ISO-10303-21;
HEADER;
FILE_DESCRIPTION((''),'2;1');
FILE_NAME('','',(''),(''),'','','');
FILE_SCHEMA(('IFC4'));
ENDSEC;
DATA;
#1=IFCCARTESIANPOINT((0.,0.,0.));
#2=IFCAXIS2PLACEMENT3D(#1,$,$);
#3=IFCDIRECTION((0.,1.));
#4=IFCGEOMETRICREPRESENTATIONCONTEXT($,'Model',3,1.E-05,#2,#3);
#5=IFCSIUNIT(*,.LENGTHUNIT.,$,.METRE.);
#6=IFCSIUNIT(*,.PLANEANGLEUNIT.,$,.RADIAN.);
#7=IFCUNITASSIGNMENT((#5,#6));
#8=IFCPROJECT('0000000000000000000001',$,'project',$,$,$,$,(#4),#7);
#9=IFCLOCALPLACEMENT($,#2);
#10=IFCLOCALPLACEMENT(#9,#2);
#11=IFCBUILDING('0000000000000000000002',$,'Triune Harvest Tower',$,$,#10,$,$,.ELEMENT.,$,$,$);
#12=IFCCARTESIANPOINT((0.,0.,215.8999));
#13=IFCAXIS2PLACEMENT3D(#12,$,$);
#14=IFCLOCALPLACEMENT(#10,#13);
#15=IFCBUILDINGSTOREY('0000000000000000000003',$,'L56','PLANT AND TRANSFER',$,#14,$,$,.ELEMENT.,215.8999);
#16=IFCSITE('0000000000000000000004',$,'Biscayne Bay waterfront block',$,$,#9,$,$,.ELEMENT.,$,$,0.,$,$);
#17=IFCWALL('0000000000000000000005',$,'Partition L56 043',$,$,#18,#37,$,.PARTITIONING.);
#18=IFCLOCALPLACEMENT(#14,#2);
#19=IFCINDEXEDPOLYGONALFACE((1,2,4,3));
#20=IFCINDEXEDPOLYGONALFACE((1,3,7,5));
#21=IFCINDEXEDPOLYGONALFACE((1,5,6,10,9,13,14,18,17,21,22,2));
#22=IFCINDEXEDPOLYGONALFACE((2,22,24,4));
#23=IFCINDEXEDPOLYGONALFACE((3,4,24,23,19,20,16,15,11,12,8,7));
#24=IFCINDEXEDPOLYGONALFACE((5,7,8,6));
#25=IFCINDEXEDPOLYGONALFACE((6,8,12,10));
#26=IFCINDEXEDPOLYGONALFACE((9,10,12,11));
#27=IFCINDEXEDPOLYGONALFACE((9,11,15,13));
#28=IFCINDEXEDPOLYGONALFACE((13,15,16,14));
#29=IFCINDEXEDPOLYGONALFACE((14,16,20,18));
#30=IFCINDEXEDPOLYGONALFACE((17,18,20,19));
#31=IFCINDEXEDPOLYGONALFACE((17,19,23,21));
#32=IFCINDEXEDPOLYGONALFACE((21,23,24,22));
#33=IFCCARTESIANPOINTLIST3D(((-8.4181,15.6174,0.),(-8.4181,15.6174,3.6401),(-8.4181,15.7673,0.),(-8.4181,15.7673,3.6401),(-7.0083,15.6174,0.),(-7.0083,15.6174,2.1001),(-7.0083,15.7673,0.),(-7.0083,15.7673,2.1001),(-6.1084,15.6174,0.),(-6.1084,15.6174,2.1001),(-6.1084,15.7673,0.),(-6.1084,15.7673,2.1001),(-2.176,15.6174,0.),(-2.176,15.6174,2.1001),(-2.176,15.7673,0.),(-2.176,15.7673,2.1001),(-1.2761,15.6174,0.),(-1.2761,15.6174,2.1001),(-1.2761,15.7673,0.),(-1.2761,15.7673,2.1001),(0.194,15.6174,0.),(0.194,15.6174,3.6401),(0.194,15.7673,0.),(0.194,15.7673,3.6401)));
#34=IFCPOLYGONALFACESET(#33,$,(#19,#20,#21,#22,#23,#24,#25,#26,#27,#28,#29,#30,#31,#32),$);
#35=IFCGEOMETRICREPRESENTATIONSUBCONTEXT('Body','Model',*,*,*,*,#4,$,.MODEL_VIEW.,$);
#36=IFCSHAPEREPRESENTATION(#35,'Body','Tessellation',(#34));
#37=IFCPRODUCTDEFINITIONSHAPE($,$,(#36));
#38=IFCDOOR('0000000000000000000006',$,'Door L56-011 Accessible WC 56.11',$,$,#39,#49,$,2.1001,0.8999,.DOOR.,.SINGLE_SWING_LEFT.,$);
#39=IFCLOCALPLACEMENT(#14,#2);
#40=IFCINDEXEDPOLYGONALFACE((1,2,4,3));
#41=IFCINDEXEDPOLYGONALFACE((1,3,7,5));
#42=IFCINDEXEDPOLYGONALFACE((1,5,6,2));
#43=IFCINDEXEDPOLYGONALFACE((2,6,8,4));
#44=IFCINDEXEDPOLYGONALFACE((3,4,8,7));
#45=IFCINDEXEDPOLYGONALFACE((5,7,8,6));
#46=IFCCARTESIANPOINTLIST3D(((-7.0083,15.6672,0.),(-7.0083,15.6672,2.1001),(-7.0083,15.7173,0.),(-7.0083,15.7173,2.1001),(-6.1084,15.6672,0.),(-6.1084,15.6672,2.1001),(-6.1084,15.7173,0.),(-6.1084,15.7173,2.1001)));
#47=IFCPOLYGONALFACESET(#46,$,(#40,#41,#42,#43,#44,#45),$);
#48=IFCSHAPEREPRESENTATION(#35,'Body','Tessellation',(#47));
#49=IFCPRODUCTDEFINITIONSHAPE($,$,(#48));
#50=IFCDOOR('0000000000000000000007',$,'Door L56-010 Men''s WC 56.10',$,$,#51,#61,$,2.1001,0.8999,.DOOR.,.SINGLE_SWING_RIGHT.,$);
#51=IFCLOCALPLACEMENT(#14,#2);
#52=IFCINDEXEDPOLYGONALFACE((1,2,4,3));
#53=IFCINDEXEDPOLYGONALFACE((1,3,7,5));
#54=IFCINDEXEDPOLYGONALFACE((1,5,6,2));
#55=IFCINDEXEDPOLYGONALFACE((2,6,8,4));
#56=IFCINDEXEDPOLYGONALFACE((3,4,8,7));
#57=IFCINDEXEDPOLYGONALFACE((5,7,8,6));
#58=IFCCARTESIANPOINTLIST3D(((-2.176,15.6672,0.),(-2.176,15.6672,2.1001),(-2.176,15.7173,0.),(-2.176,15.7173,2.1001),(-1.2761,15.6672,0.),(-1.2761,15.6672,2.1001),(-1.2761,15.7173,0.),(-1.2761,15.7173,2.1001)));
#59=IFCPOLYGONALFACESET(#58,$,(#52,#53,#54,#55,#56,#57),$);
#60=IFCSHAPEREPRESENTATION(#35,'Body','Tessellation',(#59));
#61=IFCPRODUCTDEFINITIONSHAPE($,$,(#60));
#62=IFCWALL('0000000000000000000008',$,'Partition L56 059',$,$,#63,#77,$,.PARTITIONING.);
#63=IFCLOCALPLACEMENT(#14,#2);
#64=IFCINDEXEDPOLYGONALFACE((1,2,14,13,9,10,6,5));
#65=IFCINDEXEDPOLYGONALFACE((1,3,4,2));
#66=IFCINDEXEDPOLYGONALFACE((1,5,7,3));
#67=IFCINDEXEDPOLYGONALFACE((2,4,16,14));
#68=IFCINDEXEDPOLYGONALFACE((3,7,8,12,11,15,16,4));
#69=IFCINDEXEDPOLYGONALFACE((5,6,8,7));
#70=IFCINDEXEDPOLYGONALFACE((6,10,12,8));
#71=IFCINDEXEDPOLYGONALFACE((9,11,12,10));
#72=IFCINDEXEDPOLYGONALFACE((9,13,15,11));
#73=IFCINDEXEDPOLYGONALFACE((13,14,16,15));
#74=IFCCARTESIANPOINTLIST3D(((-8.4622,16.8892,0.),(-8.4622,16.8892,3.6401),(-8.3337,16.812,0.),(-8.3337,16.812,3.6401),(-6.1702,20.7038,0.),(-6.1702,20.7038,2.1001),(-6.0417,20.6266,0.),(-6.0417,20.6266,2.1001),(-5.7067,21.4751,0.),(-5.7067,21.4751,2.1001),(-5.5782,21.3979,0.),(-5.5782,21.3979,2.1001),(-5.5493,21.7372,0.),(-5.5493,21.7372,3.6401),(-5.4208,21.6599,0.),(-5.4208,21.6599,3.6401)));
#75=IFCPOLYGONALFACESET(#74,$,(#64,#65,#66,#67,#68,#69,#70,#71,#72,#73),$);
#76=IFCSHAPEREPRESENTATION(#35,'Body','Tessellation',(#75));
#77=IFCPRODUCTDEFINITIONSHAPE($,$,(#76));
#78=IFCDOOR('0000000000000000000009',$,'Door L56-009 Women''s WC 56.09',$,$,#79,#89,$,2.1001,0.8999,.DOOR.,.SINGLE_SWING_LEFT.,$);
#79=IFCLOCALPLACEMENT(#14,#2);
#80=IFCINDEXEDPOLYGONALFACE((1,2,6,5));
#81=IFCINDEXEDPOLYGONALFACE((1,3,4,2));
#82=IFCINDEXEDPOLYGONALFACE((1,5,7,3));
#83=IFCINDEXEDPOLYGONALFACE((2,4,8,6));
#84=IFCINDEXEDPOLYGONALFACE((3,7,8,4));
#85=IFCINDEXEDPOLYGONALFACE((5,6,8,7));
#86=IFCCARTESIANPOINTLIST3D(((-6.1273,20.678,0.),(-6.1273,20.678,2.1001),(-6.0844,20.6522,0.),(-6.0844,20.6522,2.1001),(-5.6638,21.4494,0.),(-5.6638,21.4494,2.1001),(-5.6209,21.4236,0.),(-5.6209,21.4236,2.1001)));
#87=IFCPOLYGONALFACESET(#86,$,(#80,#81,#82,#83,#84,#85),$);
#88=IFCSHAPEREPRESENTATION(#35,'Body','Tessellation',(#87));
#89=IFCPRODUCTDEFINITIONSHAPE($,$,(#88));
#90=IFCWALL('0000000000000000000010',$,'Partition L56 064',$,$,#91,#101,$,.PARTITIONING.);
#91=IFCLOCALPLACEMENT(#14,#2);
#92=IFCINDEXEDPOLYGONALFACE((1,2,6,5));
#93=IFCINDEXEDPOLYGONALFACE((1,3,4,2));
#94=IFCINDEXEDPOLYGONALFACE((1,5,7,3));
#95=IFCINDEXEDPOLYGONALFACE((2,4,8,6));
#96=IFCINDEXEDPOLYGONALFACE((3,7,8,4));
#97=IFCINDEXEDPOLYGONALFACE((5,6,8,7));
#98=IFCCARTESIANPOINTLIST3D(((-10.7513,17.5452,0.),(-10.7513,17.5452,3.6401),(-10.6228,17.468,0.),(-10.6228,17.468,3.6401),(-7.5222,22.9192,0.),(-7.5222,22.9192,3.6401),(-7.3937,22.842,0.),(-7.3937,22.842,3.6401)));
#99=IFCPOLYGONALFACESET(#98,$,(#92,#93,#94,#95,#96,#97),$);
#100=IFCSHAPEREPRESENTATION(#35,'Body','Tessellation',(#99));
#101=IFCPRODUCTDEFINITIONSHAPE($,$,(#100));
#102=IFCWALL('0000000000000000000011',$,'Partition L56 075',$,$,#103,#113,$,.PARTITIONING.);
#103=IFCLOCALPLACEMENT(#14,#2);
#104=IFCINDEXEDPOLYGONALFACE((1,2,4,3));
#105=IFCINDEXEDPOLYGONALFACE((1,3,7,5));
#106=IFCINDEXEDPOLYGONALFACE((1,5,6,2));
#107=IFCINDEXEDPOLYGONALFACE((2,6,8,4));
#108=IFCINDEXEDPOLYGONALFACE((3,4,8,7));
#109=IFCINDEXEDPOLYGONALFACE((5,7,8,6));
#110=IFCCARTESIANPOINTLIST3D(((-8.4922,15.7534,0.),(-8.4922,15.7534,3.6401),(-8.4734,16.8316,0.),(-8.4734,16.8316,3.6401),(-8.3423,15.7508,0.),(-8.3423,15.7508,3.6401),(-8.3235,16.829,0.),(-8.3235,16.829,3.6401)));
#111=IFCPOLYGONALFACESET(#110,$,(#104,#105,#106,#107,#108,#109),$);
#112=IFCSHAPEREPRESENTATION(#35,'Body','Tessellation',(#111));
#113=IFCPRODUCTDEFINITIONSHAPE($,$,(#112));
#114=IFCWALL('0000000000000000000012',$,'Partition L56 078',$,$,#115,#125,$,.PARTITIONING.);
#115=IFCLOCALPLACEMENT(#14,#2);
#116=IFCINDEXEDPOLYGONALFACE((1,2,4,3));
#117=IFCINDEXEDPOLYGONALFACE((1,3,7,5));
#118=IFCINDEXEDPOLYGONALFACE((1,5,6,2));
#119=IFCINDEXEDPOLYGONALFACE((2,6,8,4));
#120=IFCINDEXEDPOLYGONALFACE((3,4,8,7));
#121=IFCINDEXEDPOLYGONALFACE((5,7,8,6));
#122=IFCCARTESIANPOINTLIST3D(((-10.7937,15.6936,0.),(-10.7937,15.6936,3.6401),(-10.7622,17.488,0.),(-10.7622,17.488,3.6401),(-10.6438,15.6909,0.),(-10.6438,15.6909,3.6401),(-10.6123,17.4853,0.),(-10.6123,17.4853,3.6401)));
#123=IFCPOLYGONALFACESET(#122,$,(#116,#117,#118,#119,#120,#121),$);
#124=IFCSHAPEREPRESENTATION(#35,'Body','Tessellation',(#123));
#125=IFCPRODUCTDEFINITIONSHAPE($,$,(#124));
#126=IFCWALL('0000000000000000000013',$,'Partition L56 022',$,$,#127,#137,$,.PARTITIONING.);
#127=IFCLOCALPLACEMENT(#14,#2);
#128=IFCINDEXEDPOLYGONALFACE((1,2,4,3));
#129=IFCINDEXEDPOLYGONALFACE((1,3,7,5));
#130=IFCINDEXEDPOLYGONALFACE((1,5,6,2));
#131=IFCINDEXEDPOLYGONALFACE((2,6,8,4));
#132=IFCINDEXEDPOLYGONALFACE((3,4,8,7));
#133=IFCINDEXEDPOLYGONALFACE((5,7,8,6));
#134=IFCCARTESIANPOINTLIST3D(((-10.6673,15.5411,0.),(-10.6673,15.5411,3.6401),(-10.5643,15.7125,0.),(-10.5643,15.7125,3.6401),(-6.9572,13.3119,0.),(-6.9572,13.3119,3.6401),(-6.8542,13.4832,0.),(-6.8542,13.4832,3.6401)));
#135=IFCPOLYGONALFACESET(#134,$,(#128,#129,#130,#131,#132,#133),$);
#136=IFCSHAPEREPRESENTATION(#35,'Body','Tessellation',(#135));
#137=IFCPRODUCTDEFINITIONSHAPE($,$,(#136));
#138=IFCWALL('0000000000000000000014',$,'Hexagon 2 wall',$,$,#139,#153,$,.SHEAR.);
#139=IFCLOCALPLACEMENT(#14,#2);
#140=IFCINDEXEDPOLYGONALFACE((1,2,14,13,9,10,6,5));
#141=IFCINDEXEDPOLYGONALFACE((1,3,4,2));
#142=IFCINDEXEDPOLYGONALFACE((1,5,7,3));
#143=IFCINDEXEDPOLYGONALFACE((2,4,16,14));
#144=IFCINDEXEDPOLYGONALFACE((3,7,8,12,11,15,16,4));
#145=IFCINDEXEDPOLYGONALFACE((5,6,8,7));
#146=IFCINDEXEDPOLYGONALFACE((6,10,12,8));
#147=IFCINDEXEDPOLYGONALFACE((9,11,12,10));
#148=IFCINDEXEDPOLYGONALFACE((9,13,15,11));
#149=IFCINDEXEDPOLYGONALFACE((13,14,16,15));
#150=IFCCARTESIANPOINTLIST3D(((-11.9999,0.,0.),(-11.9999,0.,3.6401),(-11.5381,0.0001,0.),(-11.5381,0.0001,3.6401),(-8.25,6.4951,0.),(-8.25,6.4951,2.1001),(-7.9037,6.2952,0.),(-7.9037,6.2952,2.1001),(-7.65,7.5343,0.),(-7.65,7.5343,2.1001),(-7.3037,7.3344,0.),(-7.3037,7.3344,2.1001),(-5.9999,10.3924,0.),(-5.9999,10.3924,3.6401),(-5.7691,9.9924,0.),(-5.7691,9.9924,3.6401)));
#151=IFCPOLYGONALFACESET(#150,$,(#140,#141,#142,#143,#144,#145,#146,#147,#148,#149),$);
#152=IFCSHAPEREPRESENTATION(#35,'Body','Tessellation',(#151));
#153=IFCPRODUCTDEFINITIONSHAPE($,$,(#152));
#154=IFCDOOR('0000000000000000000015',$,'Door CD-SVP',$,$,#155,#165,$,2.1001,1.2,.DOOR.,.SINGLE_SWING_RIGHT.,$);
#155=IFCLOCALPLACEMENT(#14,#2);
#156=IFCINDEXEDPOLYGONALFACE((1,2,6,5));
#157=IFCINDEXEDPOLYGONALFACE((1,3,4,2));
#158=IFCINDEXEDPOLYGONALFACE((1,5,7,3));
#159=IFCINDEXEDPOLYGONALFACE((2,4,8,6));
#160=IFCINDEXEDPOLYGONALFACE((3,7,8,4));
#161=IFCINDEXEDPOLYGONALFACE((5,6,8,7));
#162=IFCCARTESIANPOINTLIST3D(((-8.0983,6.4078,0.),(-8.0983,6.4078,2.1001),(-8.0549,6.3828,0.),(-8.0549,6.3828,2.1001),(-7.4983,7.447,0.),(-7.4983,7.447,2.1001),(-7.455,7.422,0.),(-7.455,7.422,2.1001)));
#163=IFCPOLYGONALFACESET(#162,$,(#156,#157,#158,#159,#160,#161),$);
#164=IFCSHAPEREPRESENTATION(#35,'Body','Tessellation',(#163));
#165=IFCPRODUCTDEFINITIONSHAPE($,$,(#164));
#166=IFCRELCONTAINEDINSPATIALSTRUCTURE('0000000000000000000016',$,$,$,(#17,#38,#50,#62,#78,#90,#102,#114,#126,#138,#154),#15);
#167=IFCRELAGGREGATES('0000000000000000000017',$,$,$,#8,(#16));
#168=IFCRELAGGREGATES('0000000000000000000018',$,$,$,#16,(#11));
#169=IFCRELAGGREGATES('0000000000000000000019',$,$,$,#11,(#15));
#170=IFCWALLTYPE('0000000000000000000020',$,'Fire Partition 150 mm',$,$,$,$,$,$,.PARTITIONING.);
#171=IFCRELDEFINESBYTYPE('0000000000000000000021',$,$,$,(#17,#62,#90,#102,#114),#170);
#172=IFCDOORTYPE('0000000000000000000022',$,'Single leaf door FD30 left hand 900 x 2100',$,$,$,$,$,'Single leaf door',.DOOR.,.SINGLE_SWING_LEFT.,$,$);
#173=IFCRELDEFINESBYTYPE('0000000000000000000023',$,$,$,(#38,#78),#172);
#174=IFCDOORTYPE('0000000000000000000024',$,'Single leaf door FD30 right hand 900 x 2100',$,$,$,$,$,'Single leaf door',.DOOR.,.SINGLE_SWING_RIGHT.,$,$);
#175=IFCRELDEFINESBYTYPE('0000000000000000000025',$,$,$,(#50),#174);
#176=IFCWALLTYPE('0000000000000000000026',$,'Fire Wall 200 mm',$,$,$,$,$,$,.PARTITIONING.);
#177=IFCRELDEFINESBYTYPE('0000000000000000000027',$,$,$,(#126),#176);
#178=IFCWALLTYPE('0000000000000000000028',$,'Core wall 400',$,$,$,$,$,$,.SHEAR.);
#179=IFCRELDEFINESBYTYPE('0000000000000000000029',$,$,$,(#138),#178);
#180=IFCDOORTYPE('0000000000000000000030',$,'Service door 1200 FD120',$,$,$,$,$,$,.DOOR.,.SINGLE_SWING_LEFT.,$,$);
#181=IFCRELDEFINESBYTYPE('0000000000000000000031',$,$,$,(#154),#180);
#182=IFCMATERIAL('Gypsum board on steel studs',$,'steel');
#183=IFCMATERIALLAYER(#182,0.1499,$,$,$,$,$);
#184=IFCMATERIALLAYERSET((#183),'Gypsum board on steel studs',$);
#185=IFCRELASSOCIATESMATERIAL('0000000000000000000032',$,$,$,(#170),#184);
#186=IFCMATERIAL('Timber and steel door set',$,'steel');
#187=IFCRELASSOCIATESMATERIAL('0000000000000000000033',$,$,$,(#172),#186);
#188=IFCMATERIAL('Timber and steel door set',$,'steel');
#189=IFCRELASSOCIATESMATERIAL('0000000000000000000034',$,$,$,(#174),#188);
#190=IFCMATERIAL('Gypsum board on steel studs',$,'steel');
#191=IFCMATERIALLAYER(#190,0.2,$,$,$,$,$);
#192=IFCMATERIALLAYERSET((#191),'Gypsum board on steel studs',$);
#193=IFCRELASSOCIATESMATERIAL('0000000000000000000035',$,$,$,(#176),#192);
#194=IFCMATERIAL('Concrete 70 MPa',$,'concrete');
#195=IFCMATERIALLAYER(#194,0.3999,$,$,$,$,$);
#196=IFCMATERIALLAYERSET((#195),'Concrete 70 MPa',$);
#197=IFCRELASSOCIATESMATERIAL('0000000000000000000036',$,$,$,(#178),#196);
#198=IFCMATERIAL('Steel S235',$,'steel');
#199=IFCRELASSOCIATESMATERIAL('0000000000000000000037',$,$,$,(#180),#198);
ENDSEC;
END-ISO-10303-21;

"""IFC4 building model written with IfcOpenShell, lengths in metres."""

from ifc_helpers import new_model, si_unit, direction, frame, frame_2d, origin, place, context, subcontext, project, spatial, polyline, rectangle, outline, extrude, source, transform, mapped, material, layer, layer_set, type_object, element, fill, save


model = new_model("IFC4")

# Units and contexts
model_context = context("Model", 3, precision=1e-05, world=origin(), true_north=direction((0.0, 1.0)))
body_context = subcontext(model_context, "Body", "Model", "MODEL_VIEW")
ifc_project = project(units=[si_unit("LENGTHUNIT", "METRE"), si_unit("PLANEANGLEUNIT", "RADIAN")], contexts=[model_context])

# Site, building, storey
site_placement = place(None, origin())
site = spatial("IfcSite", under=ifc_project, at=site_placement, Name="Biscayne Bay waterfront block", CompositionType="ELEMENT", RefElevation=0.0)
building_placement = place(site_placement, origin())
building = spatial("IfcBuilding", under=site, at=building_placement, Name="Triune Harvest Tower", CompositionType="ELEMENT")
storey_placement = place(building_placement, frame((0.0, 0.0, 215.8999)))
storey = spatial("IfcBuildingStorey", under=building, at=storey_placement, Name="L56", Description="PLANT AND TRANSFER", CompositionType="ELEMENT", Elevation=215.8999)

# Shared definitions
ifc_material_1 = material(Name="Gypsum board on steel studs", Category="steel")
ifc_layer_1 = layer(ifc_material_1, 0.1499)
ifc_layer_set_1 = layer_set([ifc_layer_1], Name="Gypsum board on steel studs")
wall_type_1 = type_object("IfcWallType", Name="Fire Partition 150 mm", PredefinedType="PARTITIONING", material=ifc_layer_set_1)

# Shared definitions
ifc_material_2 = material(Name="Timber and steel door set", Category="steel")
door_type_1 = type_object("IfcDoorType", Name="Single leaf door FD30 left hand 900 x 2100", ElementType="Single leaf door", OperationType="SINGLE_SWING_LEFT", PredefinedType="DOOR", material=ifc_material_2)

# Wall, openings, doors
wall_1_placement = place(storey_placement, frame((-8.4182, 15.6924, 0.0), z_axis=(0.0, 0.0, 1.0), x_axis=(1.0, 0.0, 0.0)))
wall_1 = element("IfcWall", 1, at=wall_1_placement, inside=storey, type_object=wall_type_1, Name="Partition L56 043", PredefinedType="PARTITIONING", context=body_context, shape_type="SweptSolid", body=[
    extrude(rectangle(XDim=8.6121, YDim=0.1499, at=frame_2d((4.3062, 0.0))), origin(), (0.0, 0.0, 1.0), 3.6401),
])
opening_1_placement = place(wall_1_placement, frame((6.2422, 0.0, 0.0)))
opening_1 = element("IfcOpeningElement", 2, at=opening_1_placement, cuts=wall_1, PredefinedType="OPENING", context=body_context, shape_type="SweptSolid", body=[
    extrude(rectangle(XDim=0.8999, YDim=2.1001, at=frame_2d((0.45, 1.05))), frame((0.0, 0.085, 0.0), z_axis=(0.0, -1.0, 0.0), x_axis=(1.0, 0.0, 0.0)), (0.0, 0.0, 1.0), 0.1699),
])
opening_2_placement = place(wall_1_placement, frame((1.4099, 0.0, 0.0)))
opening_2 = element("IfcOpeningElement", 3, at=opening_2_placement, cuts=wall_1, PredefinedType="OPENING", context=body_context, shape_type="SweptSolid", body=[
    extrude(rectangle(XDim=0.8999, YDim=2.1001, at=frame_2d((0.45, 1.05))), frame((0.0, 0.085, 0.0), z_axis=(0.0, -1.0, 0.0), x_axis=(1.0, 0.0, 0.0)), (0.0, 0.0, 1.0), 0.1699),
])
door_1_placement = place(opening_2_placement, origin())
door_1 = element("IfcDoor", 4, at=door_1_placement, inside=storey, type_object=door_type_1, Name="Door L56-011 Accessible WC 56.11", OperationType="SINGLE_SWING_LEFT", OverallHeight=2.1001, OverallWidth=0.8999, PredefinedType="DOOR", context=body_context, shape_type="SweptSolid", body=[
    extrude(rectangle(XDim=0.8999, YDim=2.1001, at=frame_2d((0.45, 1.05))), frame((0.0, 0.0249, 0.0), z_axis=(0.0, -1.0, 0.0), x_axis=(1.0, 0.0, 0.0)), (0.0, 0.0, 1.0), 0.05),
])
fill(opening_2, door_1)
ifc_material_3 = material(Name="Timber and steel door set", Category="steel")
door_type_2 = type_object("IfcDoorType", Name="Single leaf door FD30 right hand 900 x 2100", ElementType="Single leaf door", OperationType="SINGLE_SWING_RIGHT", PredefinedType="DOOR", material=ifc_material_3)
door_2_placement = place(opening_1_placement, origin())
door_2 = element("IfcDoor", 5, at=door_2_placement, inside=storey, type_object=door_type_2, Name="Door L56-010 Men's WC 56.10", OperationType="SINGLE_SWING_RIGHT", OverallHeight=2.1001, OverallWidth=0.8999, PredefinedType="DOOR", context=body_context, shape_type="SweptSolid", body=[
    extrude(rectangle(XDim=0.8999, YDim=2.1001, at=frame_2d((0.45, 1.05))), frame((0.0, 0.0249, 0.0), z_axis=(0.0, -1.0, 0.0), x_axis=(1.0, 0.0, 0.0)), (0.0, 0.0, 1.0), 0.05),
])
fill(opening_1, door_2)

# Wall, opening, door
wall_2_placement = place(storey_placement, frame((-8.3979, 16.8506, 0.0), z_axis=(0.0, 0.0, 1.0), x_axis=(0.515029, 0.857173, 0.0)))
wall_2 = element("IfcWall", 6, at=wall_2_placement, inside=storey, type_object=wall_type_1, Name="Partition L56 059", PredefinedType="PARTITIONING", context=body_context, shape_type="SweptSolid", body=[
    extrude(rectangle(XDim=5.6558, YDim=0.1499, at=frame_2d((2.8279, 0.0))), origin(), (0.0, 0.0, 1.0), 3.6401),
])
opening_3_placement = place(wall_2_placement, frame((4.4502, 0.0, 0.0)))
opening_3 = element("IfcOpeningElement", 7, at=opening_3_placement, cuts=wall_2, PredefinedType="OPENING", context=body_context, shape_type="SweptSolid", body=[
    extrude(rectangle(XDim=0.8999, YDim=2.1001, at=frame_2d((0.45, 1.05))), frame((0.0, 0.085, 0.0), z_axis=(0.0, -1.0, 0.0), x_axis=(1.0, 0.0, 0.0)), (0.0, 0.0, 1.0), 0.1699),
])
door_3_placement = place(opening_3_placement, origin())
door_3 = element("IfcDoor", 8, at=door_3_placement, inside=storey, type_object=door_type_1, Name="Door L56-009 Women's WC 56.09", OperationType="SINGLE_SWING_LEFT", OverallHeight=2.1001, OverallWidth=0.8999, PredefinedType="DOOR", context=body_context, shape_type="SweptSolid", body=[
    extrude(rectangle(XDim=0.8999, YDim=2.1001, at=frame_2d((0.45, 1.05))), frame((0.0, 0.0249, 0.0), z_axis=(0.0, -1.0, 0.0), x_axis=(1.0, 0.0, 0.0)), (0.0, 0.0, 1.0), 0.05),
])
fill(opening_3, door_3)

# Walls
wall_3_placement = place(storey_placement, frame((-10.687, 17.5066, 0.0), z_axis=(0.0, 0.0, 1.0), x_axis=(0.515034, 0.85717, 0.0)))
element("IfcWall", 9, at=wall_3_placement, inside=storey, type_object=wall_type_1, Name="Partition L56 064", PredefinedType="PARTITIONING", context=body_context, shape_type="SweptSolid", body=[
    extrude(rectangle(XDim=6.2695, YDim=0.1499, at=frame_2d((3.1348, 0.0))), origin(), (0.0, 0.0, 1.0), 3.6401),
])
wall_4_placement = place(storey_placement, frame((-8.4172, 15.7522, 0.0), z_axis=(0.0, 0.0, 1.0), x_axis=(0.017434, 0.999848, 0.0)))
element("IfcWall", 10, at=wall_4_placement, inside=storey, type_object=wall_type_1, Name="Partition L56 075", PredefinedType="PARTITIONING", context=body_context, shape_type="SweptSolid", body=[
    extrude(rectangle(XDim=1.0784, YDim=0.1499, at=frame_2d((0.5391, 0.0))), origin(), (0.0, 0.0, 1.0), 3.6401),
])
wall_5_placement = place(storey_placement, frame((-10.7188, 15.6921, 0.0), z_axis=(0.0, 0.0, 1.0), x_axis=(0.017548, 0.999846, 0.0)))
element("IfcWall", 11, at=wall_5_placement, inside=storey, type_object=wall_type_1, Name="Partition L56 078", PredefinedType="PARTITIONING", context=body_context, shape_type="SweptSolid", body=[
    extrude(rectangle(XDim=1.7947, YDim=0.1499, at=frame_2d((0.8975, 0.0))), origin(), (0.0, 0.0, 1.0), 3.6401),
])
ifc_material_4 = material(Name="Gypsum board on steel studs", Category="steel")
ifc_layer_2 = layer(ifc_material_4, 0.2)
ifc_layer_set_2 = layer_set([ifc_layer_2], Name="Gypsum board on steel studs")
wall_type_2 = type_object("IfcWallType", Name="Fire Wall 200 mm", PredefinedType="PARTITIONING", material=ifc_layer_set_2)
wall_6_placement = place(storey_placement, frame((-10.6157, 15.6267, 0.0), z_axis=(0.0, 0.0, 1.0), x_axis=(0.857174, -0.515027, 0.0)))
element("IfcWall", 12, at=wall_6_placement, inside=storey, type_object=wall_type_2, Name="Partition L56 022", PredefinedType="PARTITIONING", context=body_context, shape_type="SweptSolid", body=[
    extrude(rectangle(XDim=4.3284, YDim=0.2, at=frame_2d((2.1641, 0.0))), origin(), (0.0, 0.0, 1.0), 3.6401),
])

# Wall, opening, door
ifc_material_5 = material(Name="Concrete 70 MPa", Category="concrete")
ifc_layer_3 = layer(ifc_material_5, 0.3999)
ifc_layer_set_3 = layer_set([ifc_layer_3], Name="Concrete 70 MPa")
wall_type_3 = type_object("IfcWallType", Name="Core wall 400", PredefinedType="SHEAR", material=ifc_layer_set_3)
shared_shape_1 = source(origin(), body_context, "Body", "SweptSolid", [
    extrude(outline(polyline([(-0.1155, -0.2), (11.8845, -0.2), (11.6536, 0.2), (0.1155, 0.2), (-0.1155, -0.2)])), origin(), (0.0, 0.0, 1.0), 3.6401),
])
wall_7_placement = place(storey_placement, frame((-5.8845, 10.1924, 0.0), z_axis=(0.0, 0.0, 1.0), x_axis=(-0.499997, -0.866027, 0.0)))
wall_7 = element("IfcWall", 13, at=wall_7_placement, inside=storey, type_object=wall_type_3, Name="Hexagon 2 wall", PredefinedType="SHEAR", context=body_context, shape_type="MappedRepresentation", body=[
    mapped(shared_shape_1, transform((0.0, 0.0, 0.0), scale=1.0)),
])
opening_4_placement = place(wall_7_placement, frame((3.1846, 0.0, 0.0)))
opening_4 = element("IfcOpeningElement", 14, at=opening_4_placement, cuts=wall_7, PredefinedType="OPENING", context=body_context, shape_type="SweptSolid", body=[
    extrude(rectangle(XDim=1.2, YDim=2.1001, at=frame_2d((0.6001, 1.05))), frame((0.0, 0.21, 0.0), z_axis=(0.0, -1.0, 0.0), x_axis=(1.0, 0.0, 0.0)), (0.0, 0.0, 1.0), 0.4199),
])
ifc_material_6 = material(Name="Steel S235", Category="steel")
door_type_3 = type_object("IfcDoorType", Name="Service door 1200 FD120", OperationType="SINGLE_SWING_LEFT", PredefinedType="DOOR", material=ifc_material_6)
door_4_placement = place(opening_4_placement, frame((1.2, 0.0, 0.0), z_axis=(0.0, 0.0, 1.0), x_axis=(-1.0, 0.0, 0.0)))
door_4 = element("IfcDoor", 15, at=door_4_placement, inside=storey, type_object=door_type_3, Name="Door CD-SVP", OperationType="SINGLE_SWING_RIGHT", OverallHeight=2.1001, OverallWidth=1.2, PredefinedType="DOOR", context=body_context, shape_type="SweptSolid", body=[
    extrude(rectangle(XDim=1.2, YDim=2.1001, at=frame_2d((0.6001, 1.05))), frame((0.0, 0.0249, 0.0), z_axis=(0.0, -1.0, 0.0), x_axis=(1.0, 0.0, 0.0)), (0.0, 0.0, 1.0), 0.05),
])
fill(opening_4, door_4)

save(model, "model.ifc")
